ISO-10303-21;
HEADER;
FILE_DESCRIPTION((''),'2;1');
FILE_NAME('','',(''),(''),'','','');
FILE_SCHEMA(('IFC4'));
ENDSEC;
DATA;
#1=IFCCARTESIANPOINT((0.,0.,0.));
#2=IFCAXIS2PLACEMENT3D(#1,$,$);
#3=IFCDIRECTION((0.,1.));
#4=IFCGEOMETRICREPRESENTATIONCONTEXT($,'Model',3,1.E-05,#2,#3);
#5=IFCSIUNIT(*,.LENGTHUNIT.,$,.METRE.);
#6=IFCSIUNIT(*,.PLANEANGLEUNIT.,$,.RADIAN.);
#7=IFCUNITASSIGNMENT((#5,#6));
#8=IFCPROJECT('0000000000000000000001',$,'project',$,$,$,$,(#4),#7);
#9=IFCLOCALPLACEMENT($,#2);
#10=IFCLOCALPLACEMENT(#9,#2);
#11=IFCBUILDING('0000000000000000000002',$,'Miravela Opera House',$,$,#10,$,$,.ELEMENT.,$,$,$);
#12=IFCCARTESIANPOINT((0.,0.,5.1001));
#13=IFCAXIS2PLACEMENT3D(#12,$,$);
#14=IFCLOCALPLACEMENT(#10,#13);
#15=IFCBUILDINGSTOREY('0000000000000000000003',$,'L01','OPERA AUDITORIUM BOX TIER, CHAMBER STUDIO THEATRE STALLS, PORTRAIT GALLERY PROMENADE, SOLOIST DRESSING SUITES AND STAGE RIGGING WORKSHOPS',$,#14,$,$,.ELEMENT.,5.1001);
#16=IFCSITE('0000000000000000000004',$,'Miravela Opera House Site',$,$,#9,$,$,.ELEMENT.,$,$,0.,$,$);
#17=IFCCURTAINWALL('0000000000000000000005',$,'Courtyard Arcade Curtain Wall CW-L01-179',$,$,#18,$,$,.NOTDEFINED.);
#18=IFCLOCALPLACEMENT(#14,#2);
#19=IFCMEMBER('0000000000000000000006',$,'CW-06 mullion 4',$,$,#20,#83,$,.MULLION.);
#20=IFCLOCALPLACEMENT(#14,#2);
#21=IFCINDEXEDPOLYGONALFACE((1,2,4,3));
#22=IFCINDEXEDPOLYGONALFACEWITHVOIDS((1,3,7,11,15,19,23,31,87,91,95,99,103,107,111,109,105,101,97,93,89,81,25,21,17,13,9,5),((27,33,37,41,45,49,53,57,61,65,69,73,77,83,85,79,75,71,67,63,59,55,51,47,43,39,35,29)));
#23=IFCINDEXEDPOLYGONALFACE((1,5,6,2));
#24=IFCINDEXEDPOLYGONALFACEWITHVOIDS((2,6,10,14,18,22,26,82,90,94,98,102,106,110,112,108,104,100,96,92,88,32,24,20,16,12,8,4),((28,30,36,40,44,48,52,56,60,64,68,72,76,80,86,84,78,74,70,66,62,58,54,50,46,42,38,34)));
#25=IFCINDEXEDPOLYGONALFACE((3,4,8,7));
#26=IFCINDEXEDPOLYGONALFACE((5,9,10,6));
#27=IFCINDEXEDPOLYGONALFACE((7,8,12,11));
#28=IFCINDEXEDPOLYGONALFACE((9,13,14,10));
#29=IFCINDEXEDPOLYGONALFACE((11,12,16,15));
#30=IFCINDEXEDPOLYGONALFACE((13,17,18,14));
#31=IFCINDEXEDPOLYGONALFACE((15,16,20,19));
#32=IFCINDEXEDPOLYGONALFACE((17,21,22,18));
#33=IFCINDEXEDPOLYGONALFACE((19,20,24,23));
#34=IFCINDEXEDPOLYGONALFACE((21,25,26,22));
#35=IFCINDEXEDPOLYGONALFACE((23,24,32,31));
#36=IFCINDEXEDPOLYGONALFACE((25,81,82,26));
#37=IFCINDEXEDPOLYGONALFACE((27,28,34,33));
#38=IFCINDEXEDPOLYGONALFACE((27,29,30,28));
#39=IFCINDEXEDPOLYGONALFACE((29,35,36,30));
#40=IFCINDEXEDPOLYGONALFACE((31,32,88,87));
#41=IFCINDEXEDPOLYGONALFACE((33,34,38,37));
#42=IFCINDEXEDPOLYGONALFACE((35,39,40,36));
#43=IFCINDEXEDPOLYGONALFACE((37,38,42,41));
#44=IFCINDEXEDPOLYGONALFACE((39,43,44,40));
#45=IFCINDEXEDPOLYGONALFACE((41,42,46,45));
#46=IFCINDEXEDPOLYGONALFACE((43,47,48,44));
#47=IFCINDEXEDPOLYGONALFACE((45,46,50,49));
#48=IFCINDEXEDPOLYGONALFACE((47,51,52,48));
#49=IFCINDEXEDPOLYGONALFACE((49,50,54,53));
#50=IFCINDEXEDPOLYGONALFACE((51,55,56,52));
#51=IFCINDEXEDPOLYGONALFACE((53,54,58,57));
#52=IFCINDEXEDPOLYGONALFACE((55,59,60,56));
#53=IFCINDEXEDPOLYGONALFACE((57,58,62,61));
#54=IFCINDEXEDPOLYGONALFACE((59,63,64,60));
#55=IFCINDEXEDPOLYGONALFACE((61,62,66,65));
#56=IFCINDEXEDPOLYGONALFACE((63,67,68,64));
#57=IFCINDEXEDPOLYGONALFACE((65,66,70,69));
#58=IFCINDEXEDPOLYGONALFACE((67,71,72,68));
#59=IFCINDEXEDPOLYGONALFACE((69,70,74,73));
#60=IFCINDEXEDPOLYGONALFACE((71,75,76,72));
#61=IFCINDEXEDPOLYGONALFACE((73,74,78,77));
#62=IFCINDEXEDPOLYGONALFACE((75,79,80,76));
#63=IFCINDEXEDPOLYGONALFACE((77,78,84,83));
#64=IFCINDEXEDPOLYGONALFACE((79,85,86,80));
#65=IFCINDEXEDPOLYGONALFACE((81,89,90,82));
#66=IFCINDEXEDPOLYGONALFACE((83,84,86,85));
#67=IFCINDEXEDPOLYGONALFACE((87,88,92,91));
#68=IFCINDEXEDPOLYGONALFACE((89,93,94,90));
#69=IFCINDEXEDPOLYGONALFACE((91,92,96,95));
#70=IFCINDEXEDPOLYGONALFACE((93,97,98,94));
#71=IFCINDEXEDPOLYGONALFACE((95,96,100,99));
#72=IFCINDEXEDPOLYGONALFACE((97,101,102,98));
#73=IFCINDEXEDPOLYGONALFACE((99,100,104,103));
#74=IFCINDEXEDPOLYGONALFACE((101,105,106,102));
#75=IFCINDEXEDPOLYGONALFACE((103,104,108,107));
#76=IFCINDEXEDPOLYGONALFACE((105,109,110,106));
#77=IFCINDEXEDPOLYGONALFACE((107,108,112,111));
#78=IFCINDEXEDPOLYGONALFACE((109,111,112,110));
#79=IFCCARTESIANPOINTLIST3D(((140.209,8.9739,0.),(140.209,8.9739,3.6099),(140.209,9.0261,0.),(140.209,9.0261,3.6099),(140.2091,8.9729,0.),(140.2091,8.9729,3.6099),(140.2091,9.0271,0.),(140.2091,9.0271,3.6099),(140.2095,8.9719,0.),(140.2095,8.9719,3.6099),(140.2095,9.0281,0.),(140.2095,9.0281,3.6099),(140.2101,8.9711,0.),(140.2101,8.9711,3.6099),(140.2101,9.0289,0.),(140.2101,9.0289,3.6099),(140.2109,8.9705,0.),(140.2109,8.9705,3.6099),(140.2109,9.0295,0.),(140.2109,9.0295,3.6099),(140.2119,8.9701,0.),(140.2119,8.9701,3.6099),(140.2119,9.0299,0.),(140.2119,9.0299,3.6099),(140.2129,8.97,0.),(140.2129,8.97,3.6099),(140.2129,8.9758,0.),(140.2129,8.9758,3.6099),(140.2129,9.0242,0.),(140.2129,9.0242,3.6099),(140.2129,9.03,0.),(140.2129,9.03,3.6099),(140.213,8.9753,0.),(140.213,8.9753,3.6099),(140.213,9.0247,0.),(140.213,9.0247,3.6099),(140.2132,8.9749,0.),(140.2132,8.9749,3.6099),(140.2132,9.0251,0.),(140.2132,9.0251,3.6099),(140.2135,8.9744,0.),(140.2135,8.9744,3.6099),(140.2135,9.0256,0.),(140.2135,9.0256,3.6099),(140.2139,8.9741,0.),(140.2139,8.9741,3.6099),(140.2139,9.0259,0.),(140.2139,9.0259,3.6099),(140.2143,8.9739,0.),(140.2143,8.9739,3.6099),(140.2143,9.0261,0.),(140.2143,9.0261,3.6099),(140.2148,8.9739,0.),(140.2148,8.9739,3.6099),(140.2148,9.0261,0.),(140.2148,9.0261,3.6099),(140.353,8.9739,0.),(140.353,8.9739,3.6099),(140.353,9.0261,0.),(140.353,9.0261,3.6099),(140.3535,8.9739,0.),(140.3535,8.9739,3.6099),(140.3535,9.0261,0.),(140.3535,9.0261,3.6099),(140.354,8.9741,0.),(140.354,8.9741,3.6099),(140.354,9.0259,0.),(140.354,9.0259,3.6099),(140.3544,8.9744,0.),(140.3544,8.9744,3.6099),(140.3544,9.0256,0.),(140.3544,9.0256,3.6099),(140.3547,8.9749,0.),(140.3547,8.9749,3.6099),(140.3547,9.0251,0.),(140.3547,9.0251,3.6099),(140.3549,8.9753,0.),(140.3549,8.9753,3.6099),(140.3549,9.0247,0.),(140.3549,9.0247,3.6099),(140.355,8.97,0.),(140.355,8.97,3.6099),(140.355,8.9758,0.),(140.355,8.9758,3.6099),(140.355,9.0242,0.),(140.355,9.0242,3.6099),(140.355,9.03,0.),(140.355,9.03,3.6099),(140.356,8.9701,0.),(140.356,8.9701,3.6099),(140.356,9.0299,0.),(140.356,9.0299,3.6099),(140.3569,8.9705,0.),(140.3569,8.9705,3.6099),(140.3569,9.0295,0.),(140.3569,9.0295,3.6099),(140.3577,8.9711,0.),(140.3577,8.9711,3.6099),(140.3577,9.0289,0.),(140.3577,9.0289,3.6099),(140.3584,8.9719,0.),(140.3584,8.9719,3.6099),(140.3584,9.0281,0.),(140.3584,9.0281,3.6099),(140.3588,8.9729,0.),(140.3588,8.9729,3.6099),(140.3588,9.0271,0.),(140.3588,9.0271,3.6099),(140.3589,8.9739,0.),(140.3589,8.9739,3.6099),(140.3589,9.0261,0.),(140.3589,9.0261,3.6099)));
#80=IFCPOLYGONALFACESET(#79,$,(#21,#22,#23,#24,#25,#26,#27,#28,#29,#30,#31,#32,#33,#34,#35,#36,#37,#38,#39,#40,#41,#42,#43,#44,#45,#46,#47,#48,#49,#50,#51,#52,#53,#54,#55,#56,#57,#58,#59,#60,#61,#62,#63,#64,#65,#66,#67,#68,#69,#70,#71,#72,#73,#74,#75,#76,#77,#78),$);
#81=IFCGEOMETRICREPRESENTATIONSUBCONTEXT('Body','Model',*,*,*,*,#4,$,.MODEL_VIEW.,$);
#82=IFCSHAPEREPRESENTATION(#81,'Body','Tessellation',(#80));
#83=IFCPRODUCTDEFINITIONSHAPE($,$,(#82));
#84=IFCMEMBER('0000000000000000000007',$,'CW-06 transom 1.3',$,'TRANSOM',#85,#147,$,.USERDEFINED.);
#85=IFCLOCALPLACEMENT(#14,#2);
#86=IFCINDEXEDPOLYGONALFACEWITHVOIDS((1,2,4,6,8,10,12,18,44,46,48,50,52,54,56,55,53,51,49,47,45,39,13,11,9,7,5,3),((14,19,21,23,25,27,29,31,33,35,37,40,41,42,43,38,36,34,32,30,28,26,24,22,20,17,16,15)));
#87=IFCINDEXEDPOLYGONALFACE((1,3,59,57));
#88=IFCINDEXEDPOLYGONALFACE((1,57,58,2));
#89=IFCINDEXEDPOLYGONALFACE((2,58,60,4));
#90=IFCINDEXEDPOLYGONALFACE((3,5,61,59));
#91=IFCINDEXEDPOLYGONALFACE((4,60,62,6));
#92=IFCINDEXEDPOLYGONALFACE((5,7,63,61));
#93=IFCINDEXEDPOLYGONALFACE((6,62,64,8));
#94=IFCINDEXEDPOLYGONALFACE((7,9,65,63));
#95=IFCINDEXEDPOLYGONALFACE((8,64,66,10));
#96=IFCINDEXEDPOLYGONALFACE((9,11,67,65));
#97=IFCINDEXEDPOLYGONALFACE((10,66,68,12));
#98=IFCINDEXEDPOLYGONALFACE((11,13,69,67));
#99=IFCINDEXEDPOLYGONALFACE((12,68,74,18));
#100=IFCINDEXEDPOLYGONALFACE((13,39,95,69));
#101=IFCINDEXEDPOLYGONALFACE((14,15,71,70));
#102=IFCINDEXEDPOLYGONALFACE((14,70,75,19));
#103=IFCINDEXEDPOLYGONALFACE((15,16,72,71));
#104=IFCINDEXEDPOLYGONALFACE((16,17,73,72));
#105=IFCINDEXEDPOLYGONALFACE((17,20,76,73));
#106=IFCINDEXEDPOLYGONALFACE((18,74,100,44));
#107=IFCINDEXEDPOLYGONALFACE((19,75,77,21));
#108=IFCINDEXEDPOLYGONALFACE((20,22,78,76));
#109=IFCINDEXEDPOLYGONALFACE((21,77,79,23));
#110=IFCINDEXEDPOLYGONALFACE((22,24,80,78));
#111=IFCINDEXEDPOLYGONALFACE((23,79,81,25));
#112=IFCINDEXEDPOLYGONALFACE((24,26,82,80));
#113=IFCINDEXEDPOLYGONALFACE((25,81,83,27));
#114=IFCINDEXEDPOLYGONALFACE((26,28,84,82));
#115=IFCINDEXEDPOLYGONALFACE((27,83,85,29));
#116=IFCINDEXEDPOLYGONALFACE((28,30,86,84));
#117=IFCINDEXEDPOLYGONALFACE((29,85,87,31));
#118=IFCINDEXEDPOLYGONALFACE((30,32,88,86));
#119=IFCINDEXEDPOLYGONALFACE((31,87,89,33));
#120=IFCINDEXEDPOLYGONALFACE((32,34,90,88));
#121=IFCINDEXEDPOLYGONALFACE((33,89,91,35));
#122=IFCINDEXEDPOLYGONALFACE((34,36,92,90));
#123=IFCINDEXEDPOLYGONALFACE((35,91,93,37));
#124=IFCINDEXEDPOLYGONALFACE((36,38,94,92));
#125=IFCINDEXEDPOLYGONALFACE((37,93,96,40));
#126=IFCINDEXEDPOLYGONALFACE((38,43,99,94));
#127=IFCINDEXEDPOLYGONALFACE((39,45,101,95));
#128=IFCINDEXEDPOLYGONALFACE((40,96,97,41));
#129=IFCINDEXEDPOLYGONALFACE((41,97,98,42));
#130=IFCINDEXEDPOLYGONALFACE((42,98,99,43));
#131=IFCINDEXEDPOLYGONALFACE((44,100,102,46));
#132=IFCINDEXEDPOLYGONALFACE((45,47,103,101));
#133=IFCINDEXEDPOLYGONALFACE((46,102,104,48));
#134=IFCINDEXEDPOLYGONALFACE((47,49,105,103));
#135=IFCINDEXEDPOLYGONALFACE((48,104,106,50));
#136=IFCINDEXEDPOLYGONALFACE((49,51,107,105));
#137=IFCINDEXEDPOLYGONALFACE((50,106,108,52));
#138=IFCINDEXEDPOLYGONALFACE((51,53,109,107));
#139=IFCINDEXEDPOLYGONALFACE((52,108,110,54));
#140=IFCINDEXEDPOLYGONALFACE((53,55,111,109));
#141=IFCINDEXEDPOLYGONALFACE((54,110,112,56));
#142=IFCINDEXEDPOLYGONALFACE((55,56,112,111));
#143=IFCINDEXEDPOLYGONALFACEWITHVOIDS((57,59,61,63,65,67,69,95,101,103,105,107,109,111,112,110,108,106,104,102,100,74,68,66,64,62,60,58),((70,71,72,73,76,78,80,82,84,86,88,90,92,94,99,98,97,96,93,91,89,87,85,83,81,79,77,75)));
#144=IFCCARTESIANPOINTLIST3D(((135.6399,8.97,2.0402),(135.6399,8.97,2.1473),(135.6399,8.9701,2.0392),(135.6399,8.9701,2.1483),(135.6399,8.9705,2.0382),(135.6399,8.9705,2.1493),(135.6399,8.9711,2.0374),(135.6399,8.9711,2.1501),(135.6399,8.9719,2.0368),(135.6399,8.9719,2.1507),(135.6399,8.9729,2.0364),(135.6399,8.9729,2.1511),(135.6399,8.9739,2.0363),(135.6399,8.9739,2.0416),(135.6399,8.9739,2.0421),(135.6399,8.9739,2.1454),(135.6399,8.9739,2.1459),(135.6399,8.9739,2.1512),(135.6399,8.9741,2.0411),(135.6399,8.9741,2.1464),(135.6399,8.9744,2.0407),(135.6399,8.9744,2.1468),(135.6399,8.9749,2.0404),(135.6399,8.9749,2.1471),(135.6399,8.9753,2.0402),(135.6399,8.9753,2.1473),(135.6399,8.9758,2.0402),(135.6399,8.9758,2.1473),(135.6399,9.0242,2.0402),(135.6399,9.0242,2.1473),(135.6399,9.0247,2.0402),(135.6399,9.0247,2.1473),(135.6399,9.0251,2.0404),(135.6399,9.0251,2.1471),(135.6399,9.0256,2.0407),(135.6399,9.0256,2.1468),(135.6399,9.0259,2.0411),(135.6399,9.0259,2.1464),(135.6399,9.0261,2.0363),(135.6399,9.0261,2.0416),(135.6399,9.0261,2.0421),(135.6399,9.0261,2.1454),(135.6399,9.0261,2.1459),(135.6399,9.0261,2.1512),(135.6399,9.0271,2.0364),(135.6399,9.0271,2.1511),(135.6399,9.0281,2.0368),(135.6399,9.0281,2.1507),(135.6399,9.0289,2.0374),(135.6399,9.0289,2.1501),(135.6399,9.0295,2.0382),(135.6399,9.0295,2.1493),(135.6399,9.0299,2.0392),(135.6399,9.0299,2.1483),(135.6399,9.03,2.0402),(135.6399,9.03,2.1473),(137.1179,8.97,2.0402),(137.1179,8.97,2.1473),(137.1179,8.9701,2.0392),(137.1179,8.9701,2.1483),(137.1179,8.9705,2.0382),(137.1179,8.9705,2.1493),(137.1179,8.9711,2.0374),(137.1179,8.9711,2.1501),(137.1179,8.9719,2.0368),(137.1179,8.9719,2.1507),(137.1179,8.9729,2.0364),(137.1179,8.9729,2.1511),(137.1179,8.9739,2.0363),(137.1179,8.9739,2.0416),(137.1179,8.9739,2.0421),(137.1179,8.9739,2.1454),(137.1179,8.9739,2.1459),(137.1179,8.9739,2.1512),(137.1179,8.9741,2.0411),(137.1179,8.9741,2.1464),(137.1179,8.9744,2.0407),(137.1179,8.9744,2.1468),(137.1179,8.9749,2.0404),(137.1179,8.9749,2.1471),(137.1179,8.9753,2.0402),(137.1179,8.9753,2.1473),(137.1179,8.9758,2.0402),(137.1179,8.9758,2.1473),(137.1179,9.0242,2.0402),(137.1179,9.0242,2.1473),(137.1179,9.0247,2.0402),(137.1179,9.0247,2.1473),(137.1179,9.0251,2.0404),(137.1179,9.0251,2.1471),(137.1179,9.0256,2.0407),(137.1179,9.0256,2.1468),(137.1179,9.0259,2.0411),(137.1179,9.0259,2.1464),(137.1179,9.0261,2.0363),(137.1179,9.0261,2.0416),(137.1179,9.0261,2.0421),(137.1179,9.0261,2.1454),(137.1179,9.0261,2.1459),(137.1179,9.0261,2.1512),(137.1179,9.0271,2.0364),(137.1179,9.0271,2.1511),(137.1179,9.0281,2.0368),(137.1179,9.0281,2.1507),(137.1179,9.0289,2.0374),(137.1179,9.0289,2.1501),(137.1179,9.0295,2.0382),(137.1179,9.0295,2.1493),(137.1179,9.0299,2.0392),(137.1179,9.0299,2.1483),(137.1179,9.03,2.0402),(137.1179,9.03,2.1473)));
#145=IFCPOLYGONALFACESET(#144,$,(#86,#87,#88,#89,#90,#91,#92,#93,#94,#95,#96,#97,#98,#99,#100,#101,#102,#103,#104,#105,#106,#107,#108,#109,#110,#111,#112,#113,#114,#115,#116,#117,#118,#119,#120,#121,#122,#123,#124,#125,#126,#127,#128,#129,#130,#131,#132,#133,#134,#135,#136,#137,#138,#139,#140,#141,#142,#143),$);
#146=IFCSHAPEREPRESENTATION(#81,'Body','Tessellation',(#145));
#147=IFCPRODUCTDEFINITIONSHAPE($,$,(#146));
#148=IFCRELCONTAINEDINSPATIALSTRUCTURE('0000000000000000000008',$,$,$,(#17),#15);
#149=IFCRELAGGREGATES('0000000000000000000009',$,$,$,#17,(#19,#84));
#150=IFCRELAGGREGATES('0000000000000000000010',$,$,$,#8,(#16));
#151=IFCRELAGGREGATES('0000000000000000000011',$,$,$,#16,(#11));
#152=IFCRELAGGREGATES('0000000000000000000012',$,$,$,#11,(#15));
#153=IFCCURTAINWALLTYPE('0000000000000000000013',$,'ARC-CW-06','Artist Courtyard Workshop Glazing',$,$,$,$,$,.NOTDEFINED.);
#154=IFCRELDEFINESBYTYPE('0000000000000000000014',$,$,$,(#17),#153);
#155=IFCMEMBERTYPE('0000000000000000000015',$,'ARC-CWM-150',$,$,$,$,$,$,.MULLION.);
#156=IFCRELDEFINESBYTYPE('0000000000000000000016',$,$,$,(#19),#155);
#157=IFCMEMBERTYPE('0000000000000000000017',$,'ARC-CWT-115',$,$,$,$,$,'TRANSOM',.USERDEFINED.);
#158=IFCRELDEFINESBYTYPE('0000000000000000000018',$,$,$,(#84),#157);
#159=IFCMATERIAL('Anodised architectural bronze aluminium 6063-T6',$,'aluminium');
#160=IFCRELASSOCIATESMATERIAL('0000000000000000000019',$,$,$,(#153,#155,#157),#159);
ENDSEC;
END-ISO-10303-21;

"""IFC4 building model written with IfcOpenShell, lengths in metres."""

from ifc_helpers import new_model, si_unit, direction, frame, origin, origin_2d, place, context, subcontext, project, spatial, hollow_rectangle, extrude, material, material_profile, profile_set, type_object, element, aggregate, save


model = new_model("IFC4")

# Units and contexts
model_context = context("Model", 3, precision=1e-05, world=origin(), true_north=direction((0.0, 1.0)))
body_context = subcontext(model_context, "Body", "Model", "MODEL_VIEW")
ifc_project = project(units=[si_unit("LENGTHUNIT", "METRE"), si_unit("PLANEANGLEUNIT", "RADIAN")], contexts=[model_context])

# Site, building, storey
site_placement = place(None, origin())
site = spatial("IfcSite", under=ifc_project, at=site_placement, Name="Miravela Opera House Site", CompositionType="ELEMENT", RefElevation=0.0)
building_placement = place(site_placement, origin())
building = spatial("IfcBuilding", under=site, at=building_placement, Name="Miravela Opera House", CompositionType="ELEMENT")
storey_placement = place(building_placement, frame((0.0, 0.0, 5.1001)))
storey = spatial("IfcBuildingStorey", under=building, at=storey_placement, Name="L01", Description="OPERA AUDITORIUM BOX TIER, CHAMBER STUDIO THEATRE STALLS, PORTRAIT GALLERY PROMENADE, SOLOIST DRESSING SUITES AND STAGE RIGGING WORKSHOPS", CompositionType="ELEMENT", Elevation=5.1001)

# Curtain wall, members
ifc_material_1 = material(Name="Anodised architectural bronze aluminium 6063-T6", Category="aluminium")
curtain_wall_type = type_object("IfcCurtainWallType", Name="ARC-CW-06", Description="Artist Courtyard Workshop Glazing", PredefinedType="NOTDEFINED", material=ifc_material_1)
curtain_wall_placement = place(storey_placement, origin())
curtain_wall = element("IfcCurtainWall", 1, at=curtain_wall_placement, inside=storey, type_object=curtain_wall_type, Name="Courtyard Arcade Curtain Wall CW-L01-179", PredefinedType="NOTDEFINED")
ifc_material_profile_1 = material_profile(ifc_material_1, hollow_rectangle(XDim=0.0601, YDim=0.1499, WallThickness=0.0039, InnerFilletRadius=0.002, OuterFilletRadius=0.0039, at=origin_2d()), Name="CWM-60X150")
ifc_profile_set_1 = profile_set([ifc_material_profile_1])
member_type_1 = type_object("IfcMemberType", Name="ARC-CWM-150", PredefinedType="MULLION", material=ifc_profile_set_1)
member_1_placement = place(storey_placement, frame((140.2839, 9.0, 0.0), z_axis=(0.0, 0.0, 1.0), x_axis=(0.0, 1.0, 0.0)))
member_1 = element("IfcMember", 2, at=member_1_placement, type_object=member_type_1, Name="CW-06 mullion 4", PredefinedType="MULLION", context=body_context, shape_type="SweptSolid", body=[
    extrude(hollow_rectangle(XDim=0.0601, YDim=0.1499, WallThickness=0.0039, InnerFilletRadius=0.002, OuterFilletRadius=0.0039, at=origin_2d()), origin(), (0.0, 0.0, 1.0), 3.6099),
])
ifc_material_profile_2 = material_profile(ifc_material_1, hollow_rectangle(XDim=0.0601, YDim=0.115, WallThickness=0.0039, InnerFilletRadius=0.002, OuterFilletRadius=0.0039, at=origin_2d()), Name="CWT-60X115")
ifc_profile_set_2 = profile_set([ifc_material_profile_2])
member_type_2 = type_object("IfcMemberType", Name="ARC-CWT-115", ElementType="TRANSOM", PredefinedType="USERDEFINED", material=ifc_profile_set_2)
member_2_placement = place(storey_placement, frame((135.6399, 9.0, 2.0938), z_axis=(1.0, 0.0, 0.0), x_axis=(0.0, 1.0, 0.0)))
member_2 = element("IfcMember", 3, at=member_2_placement, type_object=member_type_2, Name="CW-06 transom 1.3", ObjectType="TRANSOM", PredefinedType="USERDEFINED", context=body_context, shape_type="SweptSolid", body=[
    extrude(hollow_rectangle(XDim=0.0601, YDim=0.115, WallThickness=0.0039, InnerFilletRadius=0.002, OuterFilletRadius=0.0039, at=origin_2d()), origin(), (0.0, 0.0, 1.0), 1.478),
])
aggregate(curtain_wall, [member_1, member_2])

save(model, "model.ifc")
